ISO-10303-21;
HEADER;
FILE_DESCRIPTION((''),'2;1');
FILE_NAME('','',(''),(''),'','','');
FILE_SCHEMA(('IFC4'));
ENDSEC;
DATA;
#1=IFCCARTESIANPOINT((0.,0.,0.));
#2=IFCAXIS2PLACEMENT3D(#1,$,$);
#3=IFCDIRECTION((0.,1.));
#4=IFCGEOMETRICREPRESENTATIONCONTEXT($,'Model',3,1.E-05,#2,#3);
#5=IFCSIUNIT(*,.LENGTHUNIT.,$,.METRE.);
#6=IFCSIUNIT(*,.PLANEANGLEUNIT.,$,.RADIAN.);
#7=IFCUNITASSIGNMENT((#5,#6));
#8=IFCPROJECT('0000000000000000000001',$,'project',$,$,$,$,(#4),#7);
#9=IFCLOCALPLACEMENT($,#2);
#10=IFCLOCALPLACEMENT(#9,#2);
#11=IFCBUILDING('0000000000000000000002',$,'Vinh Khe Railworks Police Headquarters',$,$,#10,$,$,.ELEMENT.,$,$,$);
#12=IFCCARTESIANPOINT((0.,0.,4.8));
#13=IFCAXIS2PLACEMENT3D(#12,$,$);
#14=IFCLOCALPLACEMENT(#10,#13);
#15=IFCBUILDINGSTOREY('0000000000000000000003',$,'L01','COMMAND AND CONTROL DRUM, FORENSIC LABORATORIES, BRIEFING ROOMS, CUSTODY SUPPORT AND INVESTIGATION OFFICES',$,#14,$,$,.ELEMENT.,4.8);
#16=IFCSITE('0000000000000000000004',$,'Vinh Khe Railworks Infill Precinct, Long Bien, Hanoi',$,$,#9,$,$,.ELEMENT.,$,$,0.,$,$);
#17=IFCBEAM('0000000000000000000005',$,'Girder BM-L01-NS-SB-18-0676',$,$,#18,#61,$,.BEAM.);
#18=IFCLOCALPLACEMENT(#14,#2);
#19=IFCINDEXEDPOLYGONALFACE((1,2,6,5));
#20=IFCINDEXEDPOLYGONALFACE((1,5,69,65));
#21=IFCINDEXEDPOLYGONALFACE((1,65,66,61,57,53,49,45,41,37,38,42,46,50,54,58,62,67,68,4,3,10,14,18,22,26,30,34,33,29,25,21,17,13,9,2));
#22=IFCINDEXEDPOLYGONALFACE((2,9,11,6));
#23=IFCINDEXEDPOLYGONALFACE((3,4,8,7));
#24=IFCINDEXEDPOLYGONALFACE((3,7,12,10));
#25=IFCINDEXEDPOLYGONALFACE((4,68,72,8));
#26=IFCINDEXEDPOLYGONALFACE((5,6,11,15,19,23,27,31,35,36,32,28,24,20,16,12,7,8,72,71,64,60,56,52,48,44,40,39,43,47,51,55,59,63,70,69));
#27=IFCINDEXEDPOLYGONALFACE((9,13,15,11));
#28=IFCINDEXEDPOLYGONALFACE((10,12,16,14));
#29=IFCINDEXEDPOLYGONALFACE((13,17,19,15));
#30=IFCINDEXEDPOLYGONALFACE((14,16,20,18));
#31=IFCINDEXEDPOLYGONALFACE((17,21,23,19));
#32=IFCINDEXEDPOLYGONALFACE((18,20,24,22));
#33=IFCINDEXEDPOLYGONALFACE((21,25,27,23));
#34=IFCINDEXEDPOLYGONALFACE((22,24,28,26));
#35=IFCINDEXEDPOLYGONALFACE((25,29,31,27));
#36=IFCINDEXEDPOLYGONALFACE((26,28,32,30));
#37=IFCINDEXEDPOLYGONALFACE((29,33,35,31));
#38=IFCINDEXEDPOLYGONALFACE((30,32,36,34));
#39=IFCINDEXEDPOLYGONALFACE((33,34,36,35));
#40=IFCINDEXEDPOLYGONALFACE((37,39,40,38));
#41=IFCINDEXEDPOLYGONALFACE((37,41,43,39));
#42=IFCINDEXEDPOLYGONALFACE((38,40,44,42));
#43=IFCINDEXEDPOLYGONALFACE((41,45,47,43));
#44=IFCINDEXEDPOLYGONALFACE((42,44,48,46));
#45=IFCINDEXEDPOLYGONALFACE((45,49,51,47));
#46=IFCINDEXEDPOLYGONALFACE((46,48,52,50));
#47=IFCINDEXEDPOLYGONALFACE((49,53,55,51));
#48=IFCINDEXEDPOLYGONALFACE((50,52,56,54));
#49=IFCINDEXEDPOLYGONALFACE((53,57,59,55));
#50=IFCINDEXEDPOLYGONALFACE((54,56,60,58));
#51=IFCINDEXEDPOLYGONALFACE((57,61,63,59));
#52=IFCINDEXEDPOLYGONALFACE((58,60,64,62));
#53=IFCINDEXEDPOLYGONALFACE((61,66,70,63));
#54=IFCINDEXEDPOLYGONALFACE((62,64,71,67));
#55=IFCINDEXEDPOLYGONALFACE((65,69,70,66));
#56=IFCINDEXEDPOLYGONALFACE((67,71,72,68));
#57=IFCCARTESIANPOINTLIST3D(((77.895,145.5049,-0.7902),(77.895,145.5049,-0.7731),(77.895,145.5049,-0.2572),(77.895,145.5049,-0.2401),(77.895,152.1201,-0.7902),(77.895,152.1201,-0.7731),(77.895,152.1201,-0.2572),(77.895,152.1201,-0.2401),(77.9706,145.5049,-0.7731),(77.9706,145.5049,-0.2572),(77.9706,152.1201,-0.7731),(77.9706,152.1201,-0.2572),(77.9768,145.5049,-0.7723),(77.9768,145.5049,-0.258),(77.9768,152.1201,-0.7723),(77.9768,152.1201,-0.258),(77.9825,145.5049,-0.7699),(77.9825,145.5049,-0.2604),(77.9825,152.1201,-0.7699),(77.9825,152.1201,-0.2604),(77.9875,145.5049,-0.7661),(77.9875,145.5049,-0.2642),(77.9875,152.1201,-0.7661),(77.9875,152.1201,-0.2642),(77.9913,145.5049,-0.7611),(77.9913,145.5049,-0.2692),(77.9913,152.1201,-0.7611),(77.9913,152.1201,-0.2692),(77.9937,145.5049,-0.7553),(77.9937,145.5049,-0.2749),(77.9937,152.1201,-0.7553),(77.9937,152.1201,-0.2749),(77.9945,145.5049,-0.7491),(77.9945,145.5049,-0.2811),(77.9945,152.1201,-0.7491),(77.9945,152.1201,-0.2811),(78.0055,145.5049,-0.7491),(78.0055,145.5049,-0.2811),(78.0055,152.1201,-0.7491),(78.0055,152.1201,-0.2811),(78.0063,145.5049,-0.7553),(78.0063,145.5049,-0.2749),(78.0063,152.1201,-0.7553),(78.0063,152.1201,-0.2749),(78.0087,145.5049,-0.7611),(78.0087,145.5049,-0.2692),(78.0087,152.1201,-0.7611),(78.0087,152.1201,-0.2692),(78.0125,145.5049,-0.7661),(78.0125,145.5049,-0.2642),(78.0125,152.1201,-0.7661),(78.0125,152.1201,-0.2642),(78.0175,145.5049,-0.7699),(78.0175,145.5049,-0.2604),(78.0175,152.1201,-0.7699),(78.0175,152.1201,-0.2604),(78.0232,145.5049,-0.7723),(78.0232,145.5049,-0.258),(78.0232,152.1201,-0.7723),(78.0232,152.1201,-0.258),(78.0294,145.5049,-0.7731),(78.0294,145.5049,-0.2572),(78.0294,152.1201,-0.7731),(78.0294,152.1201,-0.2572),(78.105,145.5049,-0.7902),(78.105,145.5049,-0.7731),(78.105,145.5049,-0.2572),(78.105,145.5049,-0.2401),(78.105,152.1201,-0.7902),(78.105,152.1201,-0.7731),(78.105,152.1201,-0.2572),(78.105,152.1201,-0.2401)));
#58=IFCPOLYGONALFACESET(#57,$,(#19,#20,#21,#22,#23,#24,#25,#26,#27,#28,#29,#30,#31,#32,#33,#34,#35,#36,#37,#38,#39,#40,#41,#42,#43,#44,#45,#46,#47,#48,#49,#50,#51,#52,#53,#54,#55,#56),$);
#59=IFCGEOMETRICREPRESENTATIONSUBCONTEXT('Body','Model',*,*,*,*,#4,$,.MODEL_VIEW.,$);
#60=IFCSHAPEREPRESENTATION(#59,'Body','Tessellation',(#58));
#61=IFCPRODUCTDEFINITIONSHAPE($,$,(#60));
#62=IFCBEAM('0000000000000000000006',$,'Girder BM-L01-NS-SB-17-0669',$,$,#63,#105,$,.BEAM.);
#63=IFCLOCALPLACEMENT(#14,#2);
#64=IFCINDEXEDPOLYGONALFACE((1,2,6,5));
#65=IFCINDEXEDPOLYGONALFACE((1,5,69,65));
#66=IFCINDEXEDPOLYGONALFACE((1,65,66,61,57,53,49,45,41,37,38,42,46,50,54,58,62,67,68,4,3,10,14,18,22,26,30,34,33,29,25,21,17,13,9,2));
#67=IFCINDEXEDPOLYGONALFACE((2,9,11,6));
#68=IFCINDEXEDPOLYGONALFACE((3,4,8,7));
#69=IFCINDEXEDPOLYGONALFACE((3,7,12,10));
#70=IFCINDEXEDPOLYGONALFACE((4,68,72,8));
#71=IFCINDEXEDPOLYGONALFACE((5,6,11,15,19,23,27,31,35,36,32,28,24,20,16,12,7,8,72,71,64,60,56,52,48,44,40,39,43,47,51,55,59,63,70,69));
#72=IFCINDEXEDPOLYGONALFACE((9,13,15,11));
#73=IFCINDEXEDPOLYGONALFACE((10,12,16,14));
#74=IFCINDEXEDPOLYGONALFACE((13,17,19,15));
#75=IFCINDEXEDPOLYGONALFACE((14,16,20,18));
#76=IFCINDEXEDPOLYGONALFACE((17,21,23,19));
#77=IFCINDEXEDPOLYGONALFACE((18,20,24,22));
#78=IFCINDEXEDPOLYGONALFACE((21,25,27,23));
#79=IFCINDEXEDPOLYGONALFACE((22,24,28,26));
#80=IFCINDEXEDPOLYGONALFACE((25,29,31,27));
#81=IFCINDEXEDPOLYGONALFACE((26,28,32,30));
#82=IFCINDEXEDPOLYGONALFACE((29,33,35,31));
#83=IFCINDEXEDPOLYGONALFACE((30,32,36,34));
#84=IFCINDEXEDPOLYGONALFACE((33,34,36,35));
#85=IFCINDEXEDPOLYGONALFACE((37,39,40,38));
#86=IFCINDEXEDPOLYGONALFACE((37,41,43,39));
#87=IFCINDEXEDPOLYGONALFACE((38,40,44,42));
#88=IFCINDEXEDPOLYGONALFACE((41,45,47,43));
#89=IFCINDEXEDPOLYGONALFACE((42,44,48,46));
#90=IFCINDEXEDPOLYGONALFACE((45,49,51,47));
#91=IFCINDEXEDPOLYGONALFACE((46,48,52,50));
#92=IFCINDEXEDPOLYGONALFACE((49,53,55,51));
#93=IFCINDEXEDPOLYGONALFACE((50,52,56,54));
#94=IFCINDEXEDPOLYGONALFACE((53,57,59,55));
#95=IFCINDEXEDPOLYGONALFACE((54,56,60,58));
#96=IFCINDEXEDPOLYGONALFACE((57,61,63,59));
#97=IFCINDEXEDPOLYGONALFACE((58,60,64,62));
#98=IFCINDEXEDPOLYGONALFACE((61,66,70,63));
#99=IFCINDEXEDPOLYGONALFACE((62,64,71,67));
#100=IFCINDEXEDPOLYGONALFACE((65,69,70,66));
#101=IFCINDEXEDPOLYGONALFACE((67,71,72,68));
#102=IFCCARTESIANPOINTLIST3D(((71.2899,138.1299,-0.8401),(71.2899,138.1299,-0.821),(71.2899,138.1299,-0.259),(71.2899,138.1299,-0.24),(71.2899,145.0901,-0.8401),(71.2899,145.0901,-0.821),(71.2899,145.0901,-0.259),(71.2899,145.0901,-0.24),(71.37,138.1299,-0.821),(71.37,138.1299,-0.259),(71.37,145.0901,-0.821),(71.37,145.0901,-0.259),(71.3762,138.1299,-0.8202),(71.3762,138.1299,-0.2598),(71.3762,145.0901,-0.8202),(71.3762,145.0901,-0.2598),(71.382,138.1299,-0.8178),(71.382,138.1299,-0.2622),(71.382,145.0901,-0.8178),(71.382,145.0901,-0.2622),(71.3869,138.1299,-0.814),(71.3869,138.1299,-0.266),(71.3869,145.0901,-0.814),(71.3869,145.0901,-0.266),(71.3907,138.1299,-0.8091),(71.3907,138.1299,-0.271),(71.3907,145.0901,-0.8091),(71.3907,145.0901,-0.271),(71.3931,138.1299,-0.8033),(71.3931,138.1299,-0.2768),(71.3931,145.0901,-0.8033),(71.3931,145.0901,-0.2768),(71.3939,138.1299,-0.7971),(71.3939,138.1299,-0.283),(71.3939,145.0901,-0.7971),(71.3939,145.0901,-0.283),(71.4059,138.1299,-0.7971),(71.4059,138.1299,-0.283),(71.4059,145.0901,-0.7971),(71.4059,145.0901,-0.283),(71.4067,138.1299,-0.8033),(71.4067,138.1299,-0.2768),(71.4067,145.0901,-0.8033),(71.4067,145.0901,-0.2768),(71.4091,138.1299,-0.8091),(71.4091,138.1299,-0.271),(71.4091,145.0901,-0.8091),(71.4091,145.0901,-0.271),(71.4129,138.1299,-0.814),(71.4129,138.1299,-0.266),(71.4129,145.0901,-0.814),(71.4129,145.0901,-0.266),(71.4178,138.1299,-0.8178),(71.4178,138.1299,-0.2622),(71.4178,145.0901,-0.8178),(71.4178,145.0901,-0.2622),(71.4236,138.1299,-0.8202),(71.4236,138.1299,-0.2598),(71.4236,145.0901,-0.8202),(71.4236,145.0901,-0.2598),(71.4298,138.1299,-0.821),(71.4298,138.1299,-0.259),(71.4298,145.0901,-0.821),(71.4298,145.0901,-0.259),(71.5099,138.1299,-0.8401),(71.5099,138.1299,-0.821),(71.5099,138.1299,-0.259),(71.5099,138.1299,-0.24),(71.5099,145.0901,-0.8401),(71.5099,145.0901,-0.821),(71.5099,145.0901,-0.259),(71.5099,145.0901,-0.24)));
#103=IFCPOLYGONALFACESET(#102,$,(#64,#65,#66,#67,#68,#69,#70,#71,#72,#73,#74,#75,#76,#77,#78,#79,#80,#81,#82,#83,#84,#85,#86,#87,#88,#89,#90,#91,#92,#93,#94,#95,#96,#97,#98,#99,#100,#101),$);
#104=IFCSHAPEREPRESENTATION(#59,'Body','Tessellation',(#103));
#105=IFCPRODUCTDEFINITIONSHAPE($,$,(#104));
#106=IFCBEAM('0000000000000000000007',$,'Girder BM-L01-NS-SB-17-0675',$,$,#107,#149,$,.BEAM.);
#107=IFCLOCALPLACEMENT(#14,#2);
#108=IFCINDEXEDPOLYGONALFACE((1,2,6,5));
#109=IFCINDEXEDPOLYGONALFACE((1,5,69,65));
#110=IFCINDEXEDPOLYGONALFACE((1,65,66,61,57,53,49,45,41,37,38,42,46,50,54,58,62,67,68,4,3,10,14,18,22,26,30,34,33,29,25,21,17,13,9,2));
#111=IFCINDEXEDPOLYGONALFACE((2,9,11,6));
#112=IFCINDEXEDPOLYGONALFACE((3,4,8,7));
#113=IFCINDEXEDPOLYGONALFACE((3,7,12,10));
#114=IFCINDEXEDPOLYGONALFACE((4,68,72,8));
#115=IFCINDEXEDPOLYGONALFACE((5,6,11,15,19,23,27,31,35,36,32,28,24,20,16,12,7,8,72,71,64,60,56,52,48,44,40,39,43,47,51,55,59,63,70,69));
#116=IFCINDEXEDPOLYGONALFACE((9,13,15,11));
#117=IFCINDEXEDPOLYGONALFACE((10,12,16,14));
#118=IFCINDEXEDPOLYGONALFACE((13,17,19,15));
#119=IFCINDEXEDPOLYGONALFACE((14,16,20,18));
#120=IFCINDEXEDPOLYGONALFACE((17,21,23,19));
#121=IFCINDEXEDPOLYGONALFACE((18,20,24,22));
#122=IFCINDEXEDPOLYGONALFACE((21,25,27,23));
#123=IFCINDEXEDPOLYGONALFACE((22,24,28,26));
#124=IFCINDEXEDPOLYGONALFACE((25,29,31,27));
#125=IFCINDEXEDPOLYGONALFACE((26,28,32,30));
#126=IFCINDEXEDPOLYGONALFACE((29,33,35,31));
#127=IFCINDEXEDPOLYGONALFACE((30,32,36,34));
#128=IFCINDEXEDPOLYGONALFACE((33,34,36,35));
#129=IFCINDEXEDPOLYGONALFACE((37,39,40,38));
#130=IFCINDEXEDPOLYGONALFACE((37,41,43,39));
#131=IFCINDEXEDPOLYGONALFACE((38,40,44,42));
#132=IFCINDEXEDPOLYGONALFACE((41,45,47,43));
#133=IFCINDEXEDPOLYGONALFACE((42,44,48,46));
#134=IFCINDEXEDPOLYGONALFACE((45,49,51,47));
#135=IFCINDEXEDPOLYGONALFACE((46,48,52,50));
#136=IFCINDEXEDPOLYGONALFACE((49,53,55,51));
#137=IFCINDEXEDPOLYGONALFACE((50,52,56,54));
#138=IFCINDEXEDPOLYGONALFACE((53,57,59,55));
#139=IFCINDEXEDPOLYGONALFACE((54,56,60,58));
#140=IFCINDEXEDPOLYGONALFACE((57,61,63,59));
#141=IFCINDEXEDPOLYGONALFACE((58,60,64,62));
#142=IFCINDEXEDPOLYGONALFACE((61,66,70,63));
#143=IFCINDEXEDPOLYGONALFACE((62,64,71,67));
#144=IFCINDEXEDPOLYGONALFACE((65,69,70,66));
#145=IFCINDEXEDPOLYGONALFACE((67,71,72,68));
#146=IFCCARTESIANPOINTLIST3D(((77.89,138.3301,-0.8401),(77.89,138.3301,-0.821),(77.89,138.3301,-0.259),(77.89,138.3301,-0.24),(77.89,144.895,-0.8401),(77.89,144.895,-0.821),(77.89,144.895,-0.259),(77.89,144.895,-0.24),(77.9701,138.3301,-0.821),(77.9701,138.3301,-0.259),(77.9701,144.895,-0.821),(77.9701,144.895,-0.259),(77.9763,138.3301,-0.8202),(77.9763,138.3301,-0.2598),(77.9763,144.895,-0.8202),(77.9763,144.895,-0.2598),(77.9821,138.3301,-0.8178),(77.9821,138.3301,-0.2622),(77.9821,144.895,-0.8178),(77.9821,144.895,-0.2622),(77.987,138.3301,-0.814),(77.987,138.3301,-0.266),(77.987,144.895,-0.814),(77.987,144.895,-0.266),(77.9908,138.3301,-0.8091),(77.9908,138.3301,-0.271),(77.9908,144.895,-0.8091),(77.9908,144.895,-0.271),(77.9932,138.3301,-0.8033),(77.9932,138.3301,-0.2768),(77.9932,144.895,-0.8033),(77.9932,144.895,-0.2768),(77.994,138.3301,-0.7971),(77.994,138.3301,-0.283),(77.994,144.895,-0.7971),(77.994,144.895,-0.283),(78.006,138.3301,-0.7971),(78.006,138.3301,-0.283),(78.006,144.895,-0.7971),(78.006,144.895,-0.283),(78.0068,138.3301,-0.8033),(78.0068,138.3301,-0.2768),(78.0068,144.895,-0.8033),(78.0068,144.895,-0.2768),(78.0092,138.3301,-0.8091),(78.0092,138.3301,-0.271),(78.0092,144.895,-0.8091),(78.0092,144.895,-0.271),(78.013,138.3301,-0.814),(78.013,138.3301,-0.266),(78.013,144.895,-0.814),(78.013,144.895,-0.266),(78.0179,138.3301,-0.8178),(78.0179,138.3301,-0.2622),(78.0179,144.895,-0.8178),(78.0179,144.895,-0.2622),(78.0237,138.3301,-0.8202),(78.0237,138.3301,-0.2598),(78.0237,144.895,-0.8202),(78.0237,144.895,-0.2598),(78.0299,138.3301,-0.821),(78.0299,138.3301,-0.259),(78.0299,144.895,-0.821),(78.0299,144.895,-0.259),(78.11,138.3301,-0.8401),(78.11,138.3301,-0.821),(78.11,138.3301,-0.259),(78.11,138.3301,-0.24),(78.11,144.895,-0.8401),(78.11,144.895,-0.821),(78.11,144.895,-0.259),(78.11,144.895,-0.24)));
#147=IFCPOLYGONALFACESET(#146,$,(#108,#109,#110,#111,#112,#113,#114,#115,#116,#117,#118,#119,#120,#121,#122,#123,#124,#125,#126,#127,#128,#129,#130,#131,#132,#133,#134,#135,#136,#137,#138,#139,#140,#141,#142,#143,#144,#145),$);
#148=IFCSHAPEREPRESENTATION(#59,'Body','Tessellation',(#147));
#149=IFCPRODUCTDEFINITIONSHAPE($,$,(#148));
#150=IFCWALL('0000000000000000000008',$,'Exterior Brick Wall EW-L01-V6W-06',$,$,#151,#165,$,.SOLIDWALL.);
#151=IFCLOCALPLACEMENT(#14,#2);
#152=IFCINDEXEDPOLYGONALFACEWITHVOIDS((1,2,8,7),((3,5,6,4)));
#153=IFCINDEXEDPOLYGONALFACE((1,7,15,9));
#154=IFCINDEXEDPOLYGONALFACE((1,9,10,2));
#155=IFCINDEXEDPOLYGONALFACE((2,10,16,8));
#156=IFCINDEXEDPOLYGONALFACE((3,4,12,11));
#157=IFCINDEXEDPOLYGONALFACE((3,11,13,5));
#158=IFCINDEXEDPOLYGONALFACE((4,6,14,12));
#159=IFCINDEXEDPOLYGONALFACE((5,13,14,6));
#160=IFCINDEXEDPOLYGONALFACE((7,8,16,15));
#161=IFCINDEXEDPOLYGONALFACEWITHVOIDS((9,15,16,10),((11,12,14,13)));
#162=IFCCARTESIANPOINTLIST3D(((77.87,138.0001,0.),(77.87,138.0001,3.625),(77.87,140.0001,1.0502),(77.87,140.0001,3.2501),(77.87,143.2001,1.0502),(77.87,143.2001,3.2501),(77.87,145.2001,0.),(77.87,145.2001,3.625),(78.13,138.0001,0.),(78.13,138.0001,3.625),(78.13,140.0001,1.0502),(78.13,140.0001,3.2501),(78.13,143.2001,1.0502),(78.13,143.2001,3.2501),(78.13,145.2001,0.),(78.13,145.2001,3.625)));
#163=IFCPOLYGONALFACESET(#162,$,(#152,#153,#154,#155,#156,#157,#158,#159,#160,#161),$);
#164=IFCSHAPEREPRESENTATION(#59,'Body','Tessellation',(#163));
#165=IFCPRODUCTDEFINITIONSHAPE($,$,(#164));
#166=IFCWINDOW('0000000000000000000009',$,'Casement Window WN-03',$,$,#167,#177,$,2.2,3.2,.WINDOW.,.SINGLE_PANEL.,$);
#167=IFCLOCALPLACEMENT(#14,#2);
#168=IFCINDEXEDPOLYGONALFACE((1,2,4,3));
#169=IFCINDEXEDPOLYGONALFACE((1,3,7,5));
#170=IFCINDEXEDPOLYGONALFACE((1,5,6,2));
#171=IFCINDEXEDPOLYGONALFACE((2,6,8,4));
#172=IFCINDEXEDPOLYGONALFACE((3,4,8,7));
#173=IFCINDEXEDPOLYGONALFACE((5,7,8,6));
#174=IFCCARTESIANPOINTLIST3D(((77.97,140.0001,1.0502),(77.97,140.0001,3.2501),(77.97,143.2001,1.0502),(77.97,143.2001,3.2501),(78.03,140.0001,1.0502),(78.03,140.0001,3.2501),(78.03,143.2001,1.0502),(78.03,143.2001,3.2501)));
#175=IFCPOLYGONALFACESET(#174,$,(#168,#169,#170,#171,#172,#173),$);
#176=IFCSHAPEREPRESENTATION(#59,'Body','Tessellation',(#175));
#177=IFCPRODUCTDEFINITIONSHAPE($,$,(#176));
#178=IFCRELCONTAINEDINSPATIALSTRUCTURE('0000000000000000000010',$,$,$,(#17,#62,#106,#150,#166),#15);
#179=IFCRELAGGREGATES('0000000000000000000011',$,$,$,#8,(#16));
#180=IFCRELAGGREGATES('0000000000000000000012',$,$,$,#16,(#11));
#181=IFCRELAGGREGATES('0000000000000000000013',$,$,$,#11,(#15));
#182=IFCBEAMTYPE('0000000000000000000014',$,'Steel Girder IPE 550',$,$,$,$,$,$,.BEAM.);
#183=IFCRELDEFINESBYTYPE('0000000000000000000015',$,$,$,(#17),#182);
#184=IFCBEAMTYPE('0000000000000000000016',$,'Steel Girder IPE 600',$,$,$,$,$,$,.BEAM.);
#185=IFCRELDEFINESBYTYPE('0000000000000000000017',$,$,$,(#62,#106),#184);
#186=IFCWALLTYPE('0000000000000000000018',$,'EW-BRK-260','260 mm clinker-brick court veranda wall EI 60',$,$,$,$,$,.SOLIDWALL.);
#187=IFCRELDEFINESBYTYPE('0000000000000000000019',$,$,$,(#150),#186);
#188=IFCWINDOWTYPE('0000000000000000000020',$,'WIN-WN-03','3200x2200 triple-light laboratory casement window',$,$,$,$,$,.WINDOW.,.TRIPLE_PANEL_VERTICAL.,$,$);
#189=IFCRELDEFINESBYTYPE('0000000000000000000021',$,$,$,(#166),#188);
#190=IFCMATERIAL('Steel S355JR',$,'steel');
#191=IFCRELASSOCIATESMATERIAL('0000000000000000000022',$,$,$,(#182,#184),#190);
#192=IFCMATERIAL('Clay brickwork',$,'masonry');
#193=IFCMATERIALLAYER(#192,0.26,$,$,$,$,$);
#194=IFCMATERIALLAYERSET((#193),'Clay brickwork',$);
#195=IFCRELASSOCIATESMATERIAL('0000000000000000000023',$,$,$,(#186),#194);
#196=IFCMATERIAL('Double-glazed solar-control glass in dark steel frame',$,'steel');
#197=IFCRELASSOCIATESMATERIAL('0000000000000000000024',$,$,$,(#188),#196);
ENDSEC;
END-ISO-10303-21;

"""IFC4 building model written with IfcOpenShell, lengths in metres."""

from ifc_helpers import new_model, si_unit, direction, frame, frame_2d, origin, origin_2d, place, context, subcontext, project, spatial, rectangle, i_section, extrude, material, layer, layer_set, material_profile, profile_set, type_object, element, fill, save


model = new_model("IFC4")

# Units and contexts
model_context = context("Model", 3, precision=1e-05, world=origin(), true_north=direction((0.0, 1.0)))
body_context = subcontext(model_context, "Body", "Model", "MODEL_VIEW")
ifc_project = project(units=[si_unit("LENGTHUNIT", "METRE"), si_unit("PLANEANGLEUNIT", "RADIAN")], contexts=[model_context])

# Site, building, storey
site_placement = place(None, origin())
site = spatial("IfcSite", under=ifc_project, at=site_placement, Name="Vinh Khe Railworks Infill Precinct, Long Bien, Hanoi", CompositionType="ELEMENT", RefElevation=0.0)
building_placement = place(site_placement, origin())
building = spatial("IfcBuilding", under=site, at=building_placement, Name="Vinh Khe Railworks Police Headquarters", CompositionType="ELEMENT")
storey_placement = place(building_placement, frame((0.0, 0.0, 4.8)))
storey = spatial("IfcBuildingStorey", under=building, at=storey_placement, Name="L01", Description="COMMAND AND CONTROL DRUM, FORENSIC LABORATORIES, BRIEFING ROOMS, CUSTODY SUPPORT AND INVESTIGATION OFFICES", CompositionType="ELEMENT", Elevation=4.8)

# Shared definitions
ifc_material_1 = material(Name="Steel S355JR", Category="steel")

# Beams
ifc_material_profile_1 = material_profile(ifc_material_1, i_section(OverallWidth=0.21, OverallDepth=0.55, WebThickness=0.011, FlangeThickness=0.0171, FilletRadius=0.0239, at=origin_2d()), Name="IPE 550")
ifc_profile_set_1 = profile_set([ifc_material_profile_1], Name="Steel S355JR")
beam_type_1 = type_object("IfcBeamType", Name="Steel Girder IPE 550", PredefinedType="BEAM", material=ifc_profile_set_1)
beam_1_placement = place(storey_placement, frame((78.0, 145.5049, -0.5151), z_axis=(0.0, 1.0, 0.0), x_axis=(-1.0, 0.0, 0.0)))
element("IfcBeam", 1, at=beam_1_placement, inside=storey, type_object=beam_type_1, Name="Girder BM-L01-NS-SB-18-0676", PredefinedType="BEAM", context=body_context, shape_type="SweptSolid", body=[
    extrude(i_section(OverallWidth=0.21, OverallDepth=0.55, WebThickness=0.011, FlangeThickness=0.0171, FilletRadius=0.0239, at=origin_2d()), origin(), (0.0, 0.0, 1.0), 6.6152),
])
ifc_material_profile_2 = material_profile(ifc_material_1, i_section(OverallWidth=0.22, OverallDepth=0.6001, WebThickness=0.012, FlangeThickness=0.019, FilletRadius=0.0239, at=origin_2d()), Name="IPE 600")
ifc_profile_set_2 = profile_set([ifc_material_profile_2], Name="Steel S355JR")
beam_type_2 = type_object("IfcBeamType", Name="Steel Girder IPE 600", PredefinedType="BEAM", material=ifc_profile_set_2)
beam_2_placement = place(storey_placement, frame((71.3999, 138.1299, -0.54), z_axis=(0.0, 1.0, 0.0), x_axis=(-1.0, 0.0, 0.0)))
element("IfcBeam", 2, at=beam_2_placement, inside=storey, type_object=beam_type_2, Name="Girder BM-L01-NS-SB-17-0669", PredefinedType="BEAM", context=body_context, shape_type="SweptSolid", body=[
    extrude(i_section(OverallWidth=0.22, OverallDepth=0.6001, WebThickness=0.012, FlangeThickness=0.019, FilletRadius=0.0239, at=origin_2d()), origin(), (0.0, 0.0, 1.0), 6.9602),
])
beam_3_placement = place(storey_placement, frame((78.0, 138.3301, -0.54), z_axis=(0.0, 1.0, 0.0), x_axis=(-1.0, 0.0, 0.0)))
element("IfcBeam", 3, at=beam_3_placement, inside=storey, type_object=beam_type_2, Name="Girder BM-L01-NS-SB-17-0675", PredefinedType="BEAM", context=body_context, shape_type="SweptSolid", body=[
    extrude(i_section(OverallWidth=0.22, OverallDepth=0.6001, WebThickness=0.012, FlangeThickness=0.019, FilletRadius=0.0239, at=origin_2d()), origin(), (0.0, 0.0, 1.0), 6.5649),
])

# Wall, opening, window
ifc_material_2 = material(Name="Clay brickwork", Category="masonry")
ifc_layer_1 = layer(ifc_material_2, 0.26)
ifc_layer_set_1 = layer_set([ifc_layer_1], Name="Clay brickwork")
wall_type_1 = type_object("IfcWallType", Name="EW-BRK-260", Description="260 mm clinker-brick court veranda wall EI 60", PredefinedType="SOLIDWALL", material=ifc_layer_set_1)
wall_1_placement = place(storey_placement, frame((78.0, 138.0, 0.0), z_axis=(0.0, 0.0, 1.0), x_axis=(0.0, 1.0, 0.0)))
wall_1 = element("IfcWall", 4, at=wall_1_placement, inside=storey, type_object=wall_type_1, Name="Exterior Brick Wall EW-L01-V6W-06", PredefinedType="SOLIDWALL", context=body_context, shape_type="SweptSolid", body=[
    extrude(rectangle(XDim=7.2, YDim=0.26, at=frame_2d((3.6001, 0.0))), origin(), (0.0, 0.0, 1.0), 3.625),
])
opening_1_placement = place(wall_1_placement, frame((2.0, 0.0, 1.05)))
opening_1 = element("IfcOpeningElement", 5, at=opening_1_placement, cuts=wall_1, PredefinedType="OPENING", context=body_context, shape_type="SweptSolid", body=[
    extrude(rectangle(XDim=3.2, YDim=2.2, at=frame_2d((1.6001, 1.1001))), frame((0.0, 0.145, 0.0), z_axis=(0.0, -1.0, 0.0), x_axis=(1.0, 0.0, 0.0)), (0.0, 0.0, 1.0), 0.2898),
])
ifc_material_3 = material(Name="Double-glazed solar-control glass in dark steel frame", Category="steel")
window_type_1 = type_object("IfcWindowType", Name="WIN-WN-03", Description="3200x2200 triple-light laboratory casement window", PartitioningType="TRIPLE_PANEL_VERTICAL", PredefinedType="WINDOW", material=ifc_material_3)
window_1_placement = place(opening_1_placement, origin())
window_1 = element("IfcWindow", 6, at=window_1_placement, inside=storey, type_object=window_type_1, Name="Casement Window WN-03", OverallHeight=2.2, OverallWidth=3.2, PartitioningType="SINGLE_PANEL", PredefinedType="WINDOW", context=body_context, shape_type="SweptSolid", body=[
    extrude(rectangle(XDim=3.2, YDim=2.2, at=frame_2d((1.6001, 1.1001))), frame((0.0, 0.03, 0.0), z_axis=(0.0, -1.0, 0.0), x_axis=(1.0, 0.0, 0.0)), (0.0, 0.0, 1.0), 0.0601),
])
fill(opening_1, window_1)

save(model, "model.ifc")
